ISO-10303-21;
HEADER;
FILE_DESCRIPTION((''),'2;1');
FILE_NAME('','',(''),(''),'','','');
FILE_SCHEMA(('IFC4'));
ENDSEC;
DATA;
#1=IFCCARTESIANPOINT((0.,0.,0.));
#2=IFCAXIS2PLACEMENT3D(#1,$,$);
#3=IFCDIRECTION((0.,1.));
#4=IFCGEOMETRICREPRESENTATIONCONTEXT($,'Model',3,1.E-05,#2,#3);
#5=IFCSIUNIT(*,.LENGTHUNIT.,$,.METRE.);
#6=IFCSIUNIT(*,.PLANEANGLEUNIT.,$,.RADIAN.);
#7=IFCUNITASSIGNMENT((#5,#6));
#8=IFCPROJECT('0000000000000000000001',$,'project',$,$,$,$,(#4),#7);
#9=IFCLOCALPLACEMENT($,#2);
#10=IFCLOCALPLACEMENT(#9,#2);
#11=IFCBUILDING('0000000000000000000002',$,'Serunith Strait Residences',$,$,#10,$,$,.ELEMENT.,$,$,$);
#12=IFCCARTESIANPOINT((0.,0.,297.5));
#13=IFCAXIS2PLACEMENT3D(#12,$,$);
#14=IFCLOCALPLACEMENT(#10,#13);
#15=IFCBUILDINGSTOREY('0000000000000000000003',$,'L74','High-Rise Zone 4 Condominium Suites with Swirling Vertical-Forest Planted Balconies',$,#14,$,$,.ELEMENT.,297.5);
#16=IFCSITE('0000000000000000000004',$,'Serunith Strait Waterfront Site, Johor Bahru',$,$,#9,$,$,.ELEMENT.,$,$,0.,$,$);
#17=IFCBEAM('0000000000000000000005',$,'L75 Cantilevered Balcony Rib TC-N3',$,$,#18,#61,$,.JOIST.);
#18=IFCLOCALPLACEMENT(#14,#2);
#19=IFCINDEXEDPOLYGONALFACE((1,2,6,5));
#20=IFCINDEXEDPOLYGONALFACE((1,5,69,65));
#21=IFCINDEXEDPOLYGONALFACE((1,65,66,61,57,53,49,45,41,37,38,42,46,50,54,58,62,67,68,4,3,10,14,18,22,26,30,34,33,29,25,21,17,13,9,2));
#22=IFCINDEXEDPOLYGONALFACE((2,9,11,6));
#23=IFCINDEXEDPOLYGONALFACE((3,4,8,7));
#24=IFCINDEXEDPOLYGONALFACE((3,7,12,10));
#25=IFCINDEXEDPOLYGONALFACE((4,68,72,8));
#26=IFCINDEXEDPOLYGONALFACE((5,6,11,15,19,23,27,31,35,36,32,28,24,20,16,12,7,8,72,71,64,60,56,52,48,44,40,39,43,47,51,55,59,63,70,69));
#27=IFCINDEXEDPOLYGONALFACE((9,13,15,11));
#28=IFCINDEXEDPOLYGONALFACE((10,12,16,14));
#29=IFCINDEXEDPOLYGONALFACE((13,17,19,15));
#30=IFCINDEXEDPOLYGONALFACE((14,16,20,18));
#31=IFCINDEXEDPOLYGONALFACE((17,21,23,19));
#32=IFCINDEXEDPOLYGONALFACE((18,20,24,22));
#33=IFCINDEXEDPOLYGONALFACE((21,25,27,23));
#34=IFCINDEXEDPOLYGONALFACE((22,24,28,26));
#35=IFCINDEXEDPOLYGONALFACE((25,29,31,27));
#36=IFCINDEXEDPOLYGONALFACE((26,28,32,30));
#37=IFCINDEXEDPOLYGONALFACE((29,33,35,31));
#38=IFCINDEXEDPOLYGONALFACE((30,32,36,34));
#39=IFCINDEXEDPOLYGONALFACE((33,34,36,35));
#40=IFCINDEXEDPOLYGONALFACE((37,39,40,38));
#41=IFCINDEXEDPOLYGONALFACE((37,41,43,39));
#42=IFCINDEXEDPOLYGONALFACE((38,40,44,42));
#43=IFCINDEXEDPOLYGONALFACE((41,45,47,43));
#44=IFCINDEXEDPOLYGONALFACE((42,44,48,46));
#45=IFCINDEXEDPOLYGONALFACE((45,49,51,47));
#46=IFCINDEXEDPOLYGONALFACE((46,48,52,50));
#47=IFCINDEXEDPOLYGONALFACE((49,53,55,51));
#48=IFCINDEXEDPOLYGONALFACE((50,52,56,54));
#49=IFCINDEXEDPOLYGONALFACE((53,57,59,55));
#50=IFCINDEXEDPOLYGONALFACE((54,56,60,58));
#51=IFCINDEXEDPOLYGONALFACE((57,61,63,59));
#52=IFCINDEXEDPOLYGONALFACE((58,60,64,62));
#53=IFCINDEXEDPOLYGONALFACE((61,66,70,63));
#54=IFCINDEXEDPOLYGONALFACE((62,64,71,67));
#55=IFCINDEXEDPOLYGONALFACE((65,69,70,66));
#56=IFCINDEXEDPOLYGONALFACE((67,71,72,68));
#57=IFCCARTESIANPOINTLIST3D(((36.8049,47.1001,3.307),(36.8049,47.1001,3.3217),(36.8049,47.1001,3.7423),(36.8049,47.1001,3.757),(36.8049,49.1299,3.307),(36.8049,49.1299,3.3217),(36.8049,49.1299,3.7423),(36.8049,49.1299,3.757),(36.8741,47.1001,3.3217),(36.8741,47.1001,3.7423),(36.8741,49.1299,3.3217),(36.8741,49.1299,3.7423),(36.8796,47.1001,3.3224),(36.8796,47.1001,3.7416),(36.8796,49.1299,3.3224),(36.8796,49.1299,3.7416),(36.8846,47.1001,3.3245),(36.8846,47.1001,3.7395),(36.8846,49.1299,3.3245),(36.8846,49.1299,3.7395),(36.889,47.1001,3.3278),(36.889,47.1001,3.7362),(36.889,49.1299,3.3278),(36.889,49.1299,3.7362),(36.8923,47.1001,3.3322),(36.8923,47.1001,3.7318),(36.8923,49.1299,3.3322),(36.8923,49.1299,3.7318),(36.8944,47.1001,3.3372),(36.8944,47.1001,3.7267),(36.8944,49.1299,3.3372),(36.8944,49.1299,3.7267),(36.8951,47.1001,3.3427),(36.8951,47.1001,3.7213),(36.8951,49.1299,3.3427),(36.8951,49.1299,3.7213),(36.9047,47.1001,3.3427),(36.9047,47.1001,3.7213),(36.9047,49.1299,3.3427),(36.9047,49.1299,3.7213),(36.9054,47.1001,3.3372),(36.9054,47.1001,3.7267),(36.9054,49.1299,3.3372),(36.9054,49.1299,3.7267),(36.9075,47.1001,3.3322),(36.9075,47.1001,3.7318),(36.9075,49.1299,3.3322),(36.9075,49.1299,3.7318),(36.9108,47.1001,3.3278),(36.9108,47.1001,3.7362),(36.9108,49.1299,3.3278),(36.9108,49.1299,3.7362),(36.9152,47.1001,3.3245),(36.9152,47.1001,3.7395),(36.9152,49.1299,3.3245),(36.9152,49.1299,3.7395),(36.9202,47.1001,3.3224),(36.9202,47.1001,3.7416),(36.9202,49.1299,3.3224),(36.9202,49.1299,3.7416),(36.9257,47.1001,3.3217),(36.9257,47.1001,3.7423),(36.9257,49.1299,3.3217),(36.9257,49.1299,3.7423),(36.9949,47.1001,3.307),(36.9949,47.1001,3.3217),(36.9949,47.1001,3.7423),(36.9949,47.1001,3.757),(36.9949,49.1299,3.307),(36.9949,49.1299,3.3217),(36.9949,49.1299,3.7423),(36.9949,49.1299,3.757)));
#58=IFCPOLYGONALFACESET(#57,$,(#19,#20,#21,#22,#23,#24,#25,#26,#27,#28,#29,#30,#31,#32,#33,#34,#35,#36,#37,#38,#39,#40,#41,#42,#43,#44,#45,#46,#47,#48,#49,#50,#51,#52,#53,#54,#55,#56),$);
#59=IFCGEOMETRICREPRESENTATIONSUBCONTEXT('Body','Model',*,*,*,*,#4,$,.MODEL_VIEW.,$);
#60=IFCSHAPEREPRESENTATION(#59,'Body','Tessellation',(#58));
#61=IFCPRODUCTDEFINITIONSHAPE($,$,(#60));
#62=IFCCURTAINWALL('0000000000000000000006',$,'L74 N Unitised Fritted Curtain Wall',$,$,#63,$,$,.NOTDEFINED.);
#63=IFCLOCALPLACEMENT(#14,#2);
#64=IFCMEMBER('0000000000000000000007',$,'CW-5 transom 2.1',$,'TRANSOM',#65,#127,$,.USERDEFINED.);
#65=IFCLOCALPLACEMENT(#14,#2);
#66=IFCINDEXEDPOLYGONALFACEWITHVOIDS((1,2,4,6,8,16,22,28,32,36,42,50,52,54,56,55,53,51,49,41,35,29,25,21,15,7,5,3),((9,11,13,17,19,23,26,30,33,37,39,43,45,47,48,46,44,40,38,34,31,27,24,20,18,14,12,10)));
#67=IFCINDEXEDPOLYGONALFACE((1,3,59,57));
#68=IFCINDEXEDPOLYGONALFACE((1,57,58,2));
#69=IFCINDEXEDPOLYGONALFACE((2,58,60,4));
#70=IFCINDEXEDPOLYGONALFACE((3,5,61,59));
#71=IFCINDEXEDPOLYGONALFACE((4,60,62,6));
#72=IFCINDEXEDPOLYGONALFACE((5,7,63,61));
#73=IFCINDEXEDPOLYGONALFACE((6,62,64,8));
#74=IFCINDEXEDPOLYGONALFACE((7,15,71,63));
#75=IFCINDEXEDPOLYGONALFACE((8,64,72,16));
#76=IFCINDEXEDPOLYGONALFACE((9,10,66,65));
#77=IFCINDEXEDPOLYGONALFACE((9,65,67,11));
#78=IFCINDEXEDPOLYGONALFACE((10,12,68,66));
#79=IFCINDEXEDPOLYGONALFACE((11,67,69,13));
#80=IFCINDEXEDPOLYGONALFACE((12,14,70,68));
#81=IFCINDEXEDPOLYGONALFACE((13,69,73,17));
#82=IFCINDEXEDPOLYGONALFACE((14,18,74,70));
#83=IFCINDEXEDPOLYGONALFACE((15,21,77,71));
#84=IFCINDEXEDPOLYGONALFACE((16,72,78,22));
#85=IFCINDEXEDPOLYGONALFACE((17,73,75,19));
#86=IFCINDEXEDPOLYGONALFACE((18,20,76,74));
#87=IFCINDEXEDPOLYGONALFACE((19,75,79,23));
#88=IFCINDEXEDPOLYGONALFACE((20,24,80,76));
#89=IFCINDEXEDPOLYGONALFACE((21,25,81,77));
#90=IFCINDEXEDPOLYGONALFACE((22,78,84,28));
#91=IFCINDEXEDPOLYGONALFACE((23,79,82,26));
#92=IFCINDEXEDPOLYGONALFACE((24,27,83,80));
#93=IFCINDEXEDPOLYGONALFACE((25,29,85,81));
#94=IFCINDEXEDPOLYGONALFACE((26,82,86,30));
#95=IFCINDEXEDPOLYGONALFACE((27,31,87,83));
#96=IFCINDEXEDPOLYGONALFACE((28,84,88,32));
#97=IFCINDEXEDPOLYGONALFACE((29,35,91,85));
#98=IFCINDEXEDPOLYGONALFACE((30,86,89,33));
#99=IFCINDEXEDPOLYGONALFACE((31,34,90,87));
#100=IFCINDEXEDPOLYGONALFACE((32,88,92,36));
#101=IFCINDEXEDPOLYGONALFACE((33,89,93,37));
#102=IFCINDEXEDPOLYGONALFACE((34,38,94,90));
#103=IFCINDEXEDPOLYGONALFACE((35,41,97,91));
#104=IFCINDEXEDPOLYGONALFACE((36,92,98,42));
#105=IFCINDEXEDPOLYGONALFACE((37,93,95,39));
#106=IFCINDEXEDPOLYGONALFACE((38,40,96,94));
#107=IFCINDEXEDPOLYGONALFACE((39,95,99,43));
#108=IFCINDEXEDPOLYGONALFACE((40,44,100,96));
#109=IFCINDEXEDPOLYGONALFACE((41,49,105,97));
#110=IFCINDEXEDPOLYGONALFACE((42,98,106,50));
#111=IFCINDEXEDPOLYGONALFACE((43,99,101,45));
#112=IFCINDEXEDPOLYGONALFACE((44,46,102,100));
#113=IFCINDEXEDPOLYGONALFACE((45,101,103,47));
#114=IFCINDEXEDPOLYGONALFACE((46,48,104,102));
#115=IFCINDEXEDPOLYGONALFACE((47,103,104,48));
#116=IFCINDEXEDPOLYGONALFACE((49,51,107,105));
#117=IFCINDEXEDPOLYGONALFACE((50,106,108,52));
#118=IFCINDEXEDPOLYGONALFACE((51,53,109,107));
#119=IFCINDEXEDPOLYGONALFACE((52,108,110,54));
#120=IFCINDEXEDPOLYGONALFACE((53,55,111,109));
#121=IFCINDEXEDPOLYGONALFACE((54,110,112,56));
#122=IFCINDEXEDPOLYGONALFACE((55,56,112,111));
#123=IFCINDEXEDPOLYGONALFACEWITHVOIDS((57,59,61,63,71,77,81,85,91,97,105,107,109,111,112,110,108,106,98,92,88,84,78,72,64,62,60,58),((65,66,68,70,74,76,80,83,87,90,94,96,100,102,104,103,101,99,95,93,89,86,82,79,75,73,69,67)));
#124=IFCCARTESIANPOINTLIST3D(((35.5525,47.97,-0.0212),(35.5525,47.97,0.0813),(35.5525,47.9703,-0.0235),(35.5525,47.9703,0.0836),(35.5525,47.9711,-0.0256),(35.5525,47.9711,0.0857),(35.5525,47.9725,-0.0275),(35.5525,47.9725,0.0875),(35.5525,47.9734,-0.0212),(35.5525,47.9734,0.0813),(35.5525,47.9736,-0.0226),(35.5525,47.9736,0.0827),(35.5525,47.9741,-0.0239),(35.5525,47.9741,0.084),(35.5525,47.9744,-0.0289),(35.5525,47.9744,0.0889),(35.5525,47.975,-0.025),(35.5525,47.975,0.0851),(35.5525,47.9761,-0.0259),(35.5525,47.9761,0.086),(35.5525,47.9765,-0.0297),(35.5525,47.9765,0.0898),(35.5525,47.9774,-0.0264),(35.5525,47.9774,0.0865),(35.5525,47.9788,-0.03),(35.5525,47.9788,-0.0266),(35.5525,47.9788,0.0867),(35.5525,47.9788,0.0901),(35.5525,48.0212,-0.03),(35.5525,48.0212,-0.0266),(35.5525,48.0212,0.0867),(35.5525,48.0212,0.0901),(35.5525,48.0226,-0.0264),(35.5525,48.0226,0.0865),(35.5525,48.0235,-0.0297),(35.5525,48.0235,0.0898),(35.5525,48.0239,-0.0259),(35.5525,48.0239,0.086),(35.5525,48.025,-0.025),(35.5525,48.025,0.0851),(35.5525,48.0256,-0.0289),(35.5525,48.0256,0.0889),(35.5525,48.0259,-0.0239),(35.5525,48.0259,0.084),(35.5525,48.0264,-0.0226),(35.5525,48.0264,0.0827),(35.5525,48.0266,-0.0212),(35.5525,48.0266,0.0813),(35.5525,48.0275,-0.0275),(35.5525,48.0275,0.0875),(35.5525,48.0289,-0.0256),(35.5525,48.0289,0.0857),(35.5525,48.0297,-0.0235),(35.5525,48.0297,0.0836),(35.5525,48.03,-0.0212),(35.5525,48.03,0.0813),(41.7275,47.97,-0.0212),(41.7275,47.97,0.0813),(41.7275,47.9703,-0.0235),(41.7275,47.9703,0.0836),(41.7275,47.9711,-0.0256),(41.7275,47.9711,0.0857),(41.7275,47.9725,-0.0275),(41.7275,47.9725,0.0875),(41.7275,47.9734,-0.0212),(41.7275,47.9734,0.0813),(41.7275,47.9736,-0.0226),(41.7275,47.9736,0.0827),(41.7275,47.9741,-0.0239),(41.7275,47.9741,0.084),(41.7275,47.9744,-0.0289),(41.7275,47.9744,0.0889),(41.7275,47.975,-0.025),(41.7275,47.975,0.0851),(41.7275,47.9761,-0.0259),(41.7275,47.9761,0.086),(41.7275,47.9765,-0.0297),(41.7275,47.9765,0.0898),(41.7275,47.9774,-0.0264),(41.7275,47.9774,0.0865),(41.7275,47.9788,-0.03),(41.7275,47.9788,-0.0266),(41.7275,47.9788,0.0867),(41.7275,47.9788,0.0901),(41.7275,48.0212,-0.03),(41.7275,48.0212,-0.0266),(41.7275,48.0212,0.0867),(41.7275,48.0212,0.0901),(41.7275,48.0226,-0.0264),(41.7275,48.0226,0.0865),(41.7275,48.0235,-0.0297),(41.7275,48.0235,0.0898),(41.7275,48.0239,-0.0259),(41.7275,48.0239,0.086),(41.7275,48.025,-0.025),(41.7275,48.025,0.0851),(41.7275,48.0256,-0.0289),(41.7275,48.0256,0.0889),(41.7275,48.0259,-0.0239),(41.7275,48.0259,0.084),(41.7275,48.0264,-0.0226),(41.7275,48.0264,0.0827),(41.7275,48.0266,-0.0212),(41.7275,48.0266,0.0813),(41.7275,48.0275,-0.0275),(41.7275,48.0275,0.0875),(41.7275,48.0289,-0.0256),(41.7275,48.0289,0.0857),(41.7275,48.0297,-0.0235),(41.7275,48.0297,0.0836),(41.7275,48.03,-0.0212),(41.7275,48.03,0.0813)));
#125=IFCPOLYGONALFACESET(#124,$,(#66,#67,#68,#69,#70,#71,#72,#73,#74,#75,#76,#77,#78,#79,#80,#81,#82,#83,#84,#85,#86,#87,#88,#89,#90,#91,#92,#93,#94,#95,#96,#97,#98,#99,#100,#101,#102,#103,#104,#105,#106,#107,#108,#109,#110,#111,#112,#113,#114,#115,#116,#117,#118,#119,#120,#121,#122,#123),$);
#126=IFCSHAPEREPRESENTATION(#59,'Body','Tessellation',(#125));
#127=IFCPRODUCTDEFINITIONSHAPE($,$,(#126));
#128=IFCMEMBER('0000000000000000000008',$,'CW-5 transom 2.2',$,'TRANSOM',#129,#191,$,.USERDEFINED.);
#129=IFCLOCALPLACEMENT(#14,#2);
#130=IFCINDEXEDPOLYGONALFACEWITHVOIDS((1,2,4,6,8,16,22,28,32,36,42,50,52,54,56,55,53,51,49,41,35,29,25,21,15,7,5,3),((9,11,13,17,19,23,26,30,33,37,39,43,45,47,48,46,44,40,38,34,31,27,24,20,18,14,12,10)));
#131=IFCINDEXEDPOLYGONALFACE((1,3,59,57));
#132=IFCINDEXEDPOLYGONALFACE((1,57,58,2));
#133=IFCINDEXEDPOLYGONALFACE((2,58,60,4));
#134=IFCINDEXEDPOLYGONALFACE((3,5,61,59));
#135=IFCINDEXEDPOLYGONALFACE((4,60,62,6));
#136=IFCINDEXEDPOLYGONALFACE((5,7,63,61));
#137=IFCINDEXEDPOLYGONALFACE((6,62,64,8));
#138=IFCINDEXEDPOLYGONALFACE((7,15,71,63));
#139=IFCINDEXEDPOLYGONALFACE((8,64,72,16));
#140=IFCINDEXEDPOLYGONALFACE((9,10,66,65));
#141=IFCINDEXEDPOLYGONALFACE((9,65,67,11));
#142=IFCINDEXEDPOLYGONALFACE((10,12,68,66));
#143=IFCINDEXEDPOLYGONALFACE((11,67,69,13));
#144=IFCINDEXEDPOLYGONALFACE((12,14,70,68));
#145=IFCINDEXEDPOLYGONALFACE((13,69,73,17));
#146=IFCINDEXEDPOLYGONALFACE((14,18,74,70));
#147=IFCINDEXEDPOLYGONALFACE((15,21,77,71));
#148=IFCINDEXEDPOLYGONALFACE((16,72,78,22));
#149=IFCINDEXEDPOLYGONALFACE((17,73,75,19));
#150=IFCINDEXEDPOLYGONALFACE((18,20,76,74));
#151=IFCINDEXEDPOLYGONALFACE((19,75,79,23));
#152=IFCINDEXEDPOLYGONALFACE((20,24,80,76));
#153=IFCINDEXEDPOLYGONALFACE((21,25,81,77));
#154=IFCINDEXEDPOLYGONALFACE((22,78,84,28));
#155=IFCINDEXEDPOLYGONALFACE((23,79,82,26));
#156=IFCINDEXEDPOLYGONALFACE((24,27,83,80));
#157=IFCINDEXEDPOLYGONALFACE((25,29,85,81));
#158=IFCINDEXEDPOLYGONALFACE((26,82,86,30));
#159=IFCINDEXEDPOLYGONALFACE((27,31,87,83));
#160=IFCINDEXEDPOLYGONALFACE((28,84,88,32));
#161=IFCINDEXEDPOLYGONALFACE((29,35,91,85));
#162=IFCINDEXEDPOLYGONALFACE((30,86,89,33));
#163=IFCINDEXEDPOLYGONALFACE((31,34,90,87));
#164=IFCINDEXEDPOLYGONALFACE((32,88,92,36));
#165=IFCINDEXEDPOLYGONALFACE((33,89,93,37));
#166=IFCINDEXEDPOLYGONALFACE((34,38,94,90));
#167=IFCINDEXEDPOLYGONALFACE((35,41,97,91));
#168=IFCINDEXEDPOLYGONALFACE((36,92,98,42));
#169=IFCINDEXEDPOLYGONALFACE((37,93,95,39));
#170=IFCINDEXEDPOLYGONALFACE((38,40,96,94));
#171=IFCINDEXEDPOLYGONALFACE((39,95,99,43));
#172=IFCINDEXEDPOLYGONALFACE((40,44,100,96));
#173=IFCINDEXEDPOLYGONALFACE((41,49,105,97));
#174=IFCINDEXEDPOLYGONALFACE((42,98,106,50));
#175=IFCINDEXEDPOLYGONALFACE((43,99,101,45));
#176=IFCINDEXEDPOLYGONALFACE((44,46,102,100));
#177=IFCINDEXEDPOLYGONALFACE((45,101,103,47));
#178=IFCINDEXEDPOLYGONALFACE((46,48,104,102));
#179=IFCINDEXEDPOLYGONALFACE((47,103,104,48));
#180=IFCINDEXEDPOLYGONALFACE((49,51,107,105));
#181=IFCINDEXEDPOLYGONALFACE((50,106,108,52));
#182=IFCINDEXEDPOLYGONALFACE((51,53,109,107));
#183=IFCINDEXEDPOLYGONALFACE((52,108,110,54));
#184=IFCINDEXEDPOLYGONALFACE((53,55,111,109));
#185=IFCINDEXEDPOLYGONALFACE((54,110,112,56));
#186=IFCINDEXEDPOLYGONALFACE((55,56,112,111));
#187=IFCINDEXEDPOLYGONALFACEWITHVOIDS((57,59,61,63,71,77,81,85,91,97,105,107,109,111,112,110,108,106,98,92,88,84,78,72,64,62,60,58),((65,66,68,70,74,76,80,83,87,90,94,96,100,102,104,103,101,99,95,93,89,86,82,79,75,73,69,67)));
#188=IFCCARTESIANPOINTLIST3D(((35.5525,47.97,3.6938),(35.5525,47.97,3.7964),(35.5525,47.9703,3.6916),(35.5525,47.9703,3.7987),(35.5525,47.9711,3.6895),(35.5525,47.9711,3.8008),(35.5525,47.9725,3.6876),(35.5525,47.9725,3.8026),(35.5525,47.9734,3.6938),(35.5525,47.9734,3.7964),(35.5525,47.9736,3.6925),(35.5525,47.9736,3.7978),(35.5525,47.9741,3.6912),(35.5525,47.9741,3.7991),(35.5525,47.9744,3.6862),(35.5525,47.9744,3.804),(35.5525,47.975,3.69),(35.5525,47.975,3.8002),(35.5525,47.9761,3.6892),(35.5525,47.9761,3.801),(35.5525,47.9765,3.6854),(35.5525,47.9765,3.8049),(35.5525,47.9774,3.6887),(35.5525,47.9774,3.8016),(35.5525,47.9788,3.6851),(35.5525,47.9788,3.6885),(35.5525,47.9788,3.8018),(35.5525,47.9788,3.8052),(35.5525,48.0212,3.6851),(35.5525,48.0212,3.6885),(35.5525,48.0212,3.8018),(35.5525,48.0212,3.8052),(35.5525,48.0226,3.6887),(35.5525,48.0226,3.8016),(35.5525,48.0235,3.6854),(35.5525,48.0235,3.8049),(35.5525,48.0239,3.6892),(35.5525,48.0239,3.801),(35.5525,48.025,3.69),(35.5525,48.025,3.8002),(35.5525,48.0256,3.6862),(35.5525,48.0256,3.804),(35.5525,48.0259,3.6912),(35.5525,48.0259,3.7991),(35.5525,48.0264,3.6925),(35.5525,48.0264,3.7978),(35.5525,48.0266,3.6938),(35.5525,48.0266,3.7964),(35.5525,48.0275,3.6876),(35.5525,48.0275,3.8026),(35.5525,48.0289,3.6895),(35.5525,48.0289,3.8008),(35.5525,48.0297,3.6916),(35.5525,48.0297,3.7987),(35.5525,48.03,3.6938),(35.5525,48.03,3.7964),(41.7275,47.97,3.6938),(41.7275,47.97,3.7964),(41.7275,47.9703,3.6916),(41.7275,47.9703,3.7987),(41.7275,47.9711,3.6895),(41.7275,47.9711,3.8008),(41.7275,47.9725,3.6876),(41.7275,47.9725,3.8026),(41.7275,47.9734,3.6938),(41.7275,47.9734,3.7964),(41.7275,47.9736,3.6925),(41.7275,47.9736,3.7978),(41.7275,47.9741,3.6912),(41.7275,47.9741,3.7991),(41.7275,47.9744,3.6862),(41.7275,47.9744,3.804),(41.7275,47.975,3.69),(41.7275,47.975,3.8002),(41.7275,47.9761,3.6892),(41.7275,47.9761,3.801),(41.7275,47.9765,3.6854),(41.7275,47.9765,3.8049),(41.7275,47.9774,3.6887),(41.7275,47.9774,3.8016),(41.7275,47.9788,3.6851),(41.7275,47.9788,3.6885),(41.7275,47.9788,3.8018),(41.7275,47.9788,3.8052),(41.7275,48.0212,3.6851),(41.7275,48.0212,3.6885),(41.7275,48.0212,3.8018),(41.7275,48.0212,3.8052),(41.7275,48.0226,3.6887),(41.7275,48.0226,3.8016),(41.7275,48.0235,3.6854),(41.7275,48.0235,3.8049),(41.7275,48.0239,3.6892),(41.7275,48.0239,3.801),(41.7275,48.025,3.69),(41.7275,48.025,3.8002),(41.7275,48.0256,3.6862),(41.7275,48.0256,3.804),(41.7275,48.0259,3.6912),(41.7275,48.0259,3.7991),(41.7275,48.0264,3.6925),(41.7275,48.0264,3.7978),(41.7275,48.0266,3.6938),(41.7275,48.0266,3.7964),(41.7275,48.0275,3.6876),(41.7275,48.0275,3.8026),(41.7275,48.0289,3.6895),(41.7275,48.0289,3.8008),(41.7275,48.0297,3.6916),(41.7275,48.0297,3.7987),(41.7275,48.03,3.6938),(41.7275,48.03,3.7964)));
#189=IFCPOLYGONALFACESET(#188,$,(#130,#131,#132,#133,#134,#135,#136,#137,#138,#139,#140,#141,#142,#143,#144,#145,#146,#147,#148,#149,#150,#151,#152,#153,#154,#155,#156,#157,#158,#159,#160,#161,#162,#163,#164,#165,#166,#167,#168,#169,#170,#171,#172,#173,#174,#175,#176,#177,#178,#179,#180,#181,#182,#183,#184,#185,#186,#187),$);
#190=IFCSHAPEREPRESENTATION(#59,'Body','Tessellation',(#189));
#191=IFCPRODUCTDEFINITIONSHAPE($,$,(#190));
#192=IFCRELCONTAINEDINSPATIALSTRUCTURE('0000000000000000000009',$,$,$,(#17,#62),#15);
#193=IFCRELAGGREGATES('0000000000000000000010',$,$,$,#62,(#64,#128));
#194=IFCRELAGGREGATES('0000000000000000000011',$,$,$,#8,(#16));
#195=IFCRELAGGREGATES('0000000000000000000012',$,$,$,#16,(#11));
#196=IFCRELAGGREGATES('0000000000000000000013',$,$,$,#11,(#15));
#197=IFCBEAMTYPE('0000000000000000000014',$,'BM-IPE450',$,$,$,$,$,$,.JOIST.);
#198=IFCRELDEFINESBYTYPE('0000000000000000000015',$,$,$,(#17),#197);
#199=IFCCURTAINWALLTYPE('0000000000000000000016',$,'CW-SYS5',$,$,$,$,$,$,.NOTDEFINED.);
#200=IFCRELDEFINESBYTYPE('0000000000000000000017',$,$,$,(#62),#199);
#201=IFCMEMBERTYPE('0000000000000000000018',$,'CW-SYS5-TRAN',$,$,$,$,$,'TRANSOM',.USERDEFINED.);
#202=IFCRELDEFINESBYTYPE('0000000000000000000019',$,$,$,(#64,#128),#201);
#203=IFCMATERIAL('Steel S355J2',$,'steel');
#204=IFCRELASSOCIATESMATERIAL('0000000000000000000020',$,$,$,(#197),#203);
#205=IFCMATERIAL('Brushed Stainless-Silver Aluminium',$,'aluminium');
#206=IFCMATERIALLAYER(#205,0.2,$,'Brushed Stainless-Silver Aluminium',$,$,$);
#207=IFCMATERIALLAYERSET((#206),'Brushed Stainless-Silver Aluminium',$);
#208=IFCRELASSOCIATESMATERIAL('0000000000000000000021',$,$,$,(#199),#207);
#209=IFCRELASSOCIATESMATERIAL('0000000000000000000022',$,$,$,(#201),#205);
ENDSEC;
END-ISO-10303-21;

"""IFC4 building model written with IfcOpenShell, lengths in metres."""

from ifc_helpers import new_model, si_unit, direction, frame, origin, origin_2d, place, context, subcontext, project, spatial, hollow_rectangle, i_section, extrude, source, transform, mapped, material, layer, layer_set, material_profile, profile_set, type_object, element, aggregate, save


model = new_model("IFC4")

# Units and contexts
model_context = context("Model", 3, precision=1e-05, world=origin(), true_north=direction((0.0, 1.0)))
body_context = subcontext(model_context, "Body", "Model", "MODEL_VIEW")
ifc_project = project(units=[si_unit("LENGTHUNIT", "METRE"), si_unit("PLANEANGLEUNIT", "RADIAN")], contexts=[model_context])

# Site, building, storey
site_placement = place(None, origin())
site = spatial("IfcSite", under=ifc_project, at=site_placement, Name="Serunith Strait Waterfront Site, Johor Bahru", CompositionType="ELEMENT", RefElevation=0.0)
building_placement = place(site_placement, origin())
building = spatial("IfcBuilding", under=site, at=building_placement, Name="Serunith Strait Residences", CompositionType="ELEMENT")
storey_placement = place(building_placement, frame((0.0, 0.0, 297.5)))
storey = spatial("IfcBuildingStorey", under=building, at=storey_placement, Name="L74", Description="High-Rise Zone 4 Condominium Suites with Swirling Vertical-Forest Planted Balconies", CompositionType="ELEMENT", Elevation=297.5)

# Beam
ifc_material_1 = material(Name="Steel S355J2", Category="steel")
ifc_material_profile_1 = material_profile(ifc_material_1, i_section(OverallWidth=0.1899, OverallDepth=0.45, WebThickness=0.0095, FlangeThickness=0.0146, FilletRadius=0.021, at=origin_2d()), Name="IPE 450")
ifc_profile_set_1 = profile_set([ifc_material_profile_1], Name="Steel S355J2")
beam_type_1 = type_object("IfcBeamType", Name="BM-IPE450", PredefinedType="JOIST", material=ifc_profile_set_1)
shared_shape_1 = source(origin(), body_context, "Body", "SweptSolid", [
    extrude(i_section(OverallWidth=0.1899, OverallDepth=0.45, WebThickness=0.0095, FlangeThickness=0.0146, FilletRadius=0.021, at=origin_2d()), origin(), (0.0, 0.0, 1.0), 2.0298),
])
beam_1_placement = place(storey_placement, frame((36.8999, 47.1001, 3.532), z_axis=(0.0, 1.0, 0.0), x_axis=(-1.0, 0.0, 0.0)))
element("IfcBeam", 1, at=beam_1_placement, inside=storey, type_object=beam_type_1, Name="L75 Cantilevered Balcony Rib TC-N3", PredefinedType="JOIST", context=body_context, shape_type="MappedRepresentation", body=[
    mapped(shared_shape_1, transform((0.0, 0.0, 0.0), scale=1.0)),
])

# Curtain wall, members
ifc_material_2 = material(Name="Brushed Stainless-Silver Aluminium", Category="aluminium")
ifc_layer_1 = layer(ifc_material_2, 0.2, Name="Brushed Stainless-Silver Aluminium")
ifc_layer_set_1 = layer_set([ifc_layer_1], Name="Brushed Stainless-Silver Aluminium")
curtain_wall_type = type_object("IfcCurtainWallType", Name="CW-SYS5", PredefinedType="NOTDEFINED", material=ifc_layer_set_1)
curtain_wall_placement = place(storey_placement, origin())
curtain_wall = element("IfcCurtainWall", 2, at=curtain_wall_placement, inside=storey, type_object=curtain_wall_type, Name="L74 N Unitised Fritted Curtain Wall", PredefinedType="NOTDEFINED")
ifc_material_profile_2 = material_profile(ifc_material_2, hollow_rectangle(XDim=0.0601, YDim=0.1201, WallThickness=0.0034, InnerFilletRadius=0.0054, OuterFilletRadius=0.0088, at=origin_2d()), Name="ALU 120x60x3.5")
ifc_profile_set_2 = profile_set([ifc_material_profile_2], Name="Brushed Stainless-Silver Aluminium")
member_type_1 = type_object("IfcMemberType", Name="CW-SYS5-TRAN", ElementType="TRANSOM", PredefinedType="USERDEFINED", material=ifc_profile_set_2)
shared_shape_2 = source(origin(), body_context, "Body", "SweptSolid", [
    extrude(hollow_rectangle(XDim=0.0601, YDim=0.1201, WallThickness=0.0034, InnerFilletRadius=0.0054, OuterFilletRadius=0.0088, at=origin_2d()), origin(), (0.0, 0.0, 1.0), 6.175),
])
member_1_placement = place(storey_placement, frame((41.7275, 48.0, 0.03), z_axis=(-1.0, 0.0, 0.0), x_axis=(0.0, -1.0, 0.0)))
member_1 = element("IfcMember", 3, at=member_1_placement, type_object=member_type_1, Name="CW-5 transom 2.1", ObjectType="TRANSOM", PredefinedType="USERDEFINED", context=body_context, shape_type="MappedRepresentation", body=[
    mapped(shared_shape_2, transform((0.0, 0.0, 0.0), scale=1.0)),
])
member_2_placement = place(storey_placement, frame((41.7275, 48.0, 3.7451), z_axis=(-1.0, 0.0, 0.0), x_axis=(0.0, -1.0, 0.0)))
member_2 = element("IfcMember", 4, at=member_2_placement, type_object=member_type_1, Name="CW-5 transom 2.2", ObjectType="TRANSOM", PredefinedType="USERDEFINED", context=body_context, shape_type="MappedRepresentation", body=[
    mapped(shared_shape_2, transform((0.0, 0.0, 0.0), scale=1.0)),
])
aggregate(curtain_wall, [member_1, member_2])

save(model, "model.ifc")
